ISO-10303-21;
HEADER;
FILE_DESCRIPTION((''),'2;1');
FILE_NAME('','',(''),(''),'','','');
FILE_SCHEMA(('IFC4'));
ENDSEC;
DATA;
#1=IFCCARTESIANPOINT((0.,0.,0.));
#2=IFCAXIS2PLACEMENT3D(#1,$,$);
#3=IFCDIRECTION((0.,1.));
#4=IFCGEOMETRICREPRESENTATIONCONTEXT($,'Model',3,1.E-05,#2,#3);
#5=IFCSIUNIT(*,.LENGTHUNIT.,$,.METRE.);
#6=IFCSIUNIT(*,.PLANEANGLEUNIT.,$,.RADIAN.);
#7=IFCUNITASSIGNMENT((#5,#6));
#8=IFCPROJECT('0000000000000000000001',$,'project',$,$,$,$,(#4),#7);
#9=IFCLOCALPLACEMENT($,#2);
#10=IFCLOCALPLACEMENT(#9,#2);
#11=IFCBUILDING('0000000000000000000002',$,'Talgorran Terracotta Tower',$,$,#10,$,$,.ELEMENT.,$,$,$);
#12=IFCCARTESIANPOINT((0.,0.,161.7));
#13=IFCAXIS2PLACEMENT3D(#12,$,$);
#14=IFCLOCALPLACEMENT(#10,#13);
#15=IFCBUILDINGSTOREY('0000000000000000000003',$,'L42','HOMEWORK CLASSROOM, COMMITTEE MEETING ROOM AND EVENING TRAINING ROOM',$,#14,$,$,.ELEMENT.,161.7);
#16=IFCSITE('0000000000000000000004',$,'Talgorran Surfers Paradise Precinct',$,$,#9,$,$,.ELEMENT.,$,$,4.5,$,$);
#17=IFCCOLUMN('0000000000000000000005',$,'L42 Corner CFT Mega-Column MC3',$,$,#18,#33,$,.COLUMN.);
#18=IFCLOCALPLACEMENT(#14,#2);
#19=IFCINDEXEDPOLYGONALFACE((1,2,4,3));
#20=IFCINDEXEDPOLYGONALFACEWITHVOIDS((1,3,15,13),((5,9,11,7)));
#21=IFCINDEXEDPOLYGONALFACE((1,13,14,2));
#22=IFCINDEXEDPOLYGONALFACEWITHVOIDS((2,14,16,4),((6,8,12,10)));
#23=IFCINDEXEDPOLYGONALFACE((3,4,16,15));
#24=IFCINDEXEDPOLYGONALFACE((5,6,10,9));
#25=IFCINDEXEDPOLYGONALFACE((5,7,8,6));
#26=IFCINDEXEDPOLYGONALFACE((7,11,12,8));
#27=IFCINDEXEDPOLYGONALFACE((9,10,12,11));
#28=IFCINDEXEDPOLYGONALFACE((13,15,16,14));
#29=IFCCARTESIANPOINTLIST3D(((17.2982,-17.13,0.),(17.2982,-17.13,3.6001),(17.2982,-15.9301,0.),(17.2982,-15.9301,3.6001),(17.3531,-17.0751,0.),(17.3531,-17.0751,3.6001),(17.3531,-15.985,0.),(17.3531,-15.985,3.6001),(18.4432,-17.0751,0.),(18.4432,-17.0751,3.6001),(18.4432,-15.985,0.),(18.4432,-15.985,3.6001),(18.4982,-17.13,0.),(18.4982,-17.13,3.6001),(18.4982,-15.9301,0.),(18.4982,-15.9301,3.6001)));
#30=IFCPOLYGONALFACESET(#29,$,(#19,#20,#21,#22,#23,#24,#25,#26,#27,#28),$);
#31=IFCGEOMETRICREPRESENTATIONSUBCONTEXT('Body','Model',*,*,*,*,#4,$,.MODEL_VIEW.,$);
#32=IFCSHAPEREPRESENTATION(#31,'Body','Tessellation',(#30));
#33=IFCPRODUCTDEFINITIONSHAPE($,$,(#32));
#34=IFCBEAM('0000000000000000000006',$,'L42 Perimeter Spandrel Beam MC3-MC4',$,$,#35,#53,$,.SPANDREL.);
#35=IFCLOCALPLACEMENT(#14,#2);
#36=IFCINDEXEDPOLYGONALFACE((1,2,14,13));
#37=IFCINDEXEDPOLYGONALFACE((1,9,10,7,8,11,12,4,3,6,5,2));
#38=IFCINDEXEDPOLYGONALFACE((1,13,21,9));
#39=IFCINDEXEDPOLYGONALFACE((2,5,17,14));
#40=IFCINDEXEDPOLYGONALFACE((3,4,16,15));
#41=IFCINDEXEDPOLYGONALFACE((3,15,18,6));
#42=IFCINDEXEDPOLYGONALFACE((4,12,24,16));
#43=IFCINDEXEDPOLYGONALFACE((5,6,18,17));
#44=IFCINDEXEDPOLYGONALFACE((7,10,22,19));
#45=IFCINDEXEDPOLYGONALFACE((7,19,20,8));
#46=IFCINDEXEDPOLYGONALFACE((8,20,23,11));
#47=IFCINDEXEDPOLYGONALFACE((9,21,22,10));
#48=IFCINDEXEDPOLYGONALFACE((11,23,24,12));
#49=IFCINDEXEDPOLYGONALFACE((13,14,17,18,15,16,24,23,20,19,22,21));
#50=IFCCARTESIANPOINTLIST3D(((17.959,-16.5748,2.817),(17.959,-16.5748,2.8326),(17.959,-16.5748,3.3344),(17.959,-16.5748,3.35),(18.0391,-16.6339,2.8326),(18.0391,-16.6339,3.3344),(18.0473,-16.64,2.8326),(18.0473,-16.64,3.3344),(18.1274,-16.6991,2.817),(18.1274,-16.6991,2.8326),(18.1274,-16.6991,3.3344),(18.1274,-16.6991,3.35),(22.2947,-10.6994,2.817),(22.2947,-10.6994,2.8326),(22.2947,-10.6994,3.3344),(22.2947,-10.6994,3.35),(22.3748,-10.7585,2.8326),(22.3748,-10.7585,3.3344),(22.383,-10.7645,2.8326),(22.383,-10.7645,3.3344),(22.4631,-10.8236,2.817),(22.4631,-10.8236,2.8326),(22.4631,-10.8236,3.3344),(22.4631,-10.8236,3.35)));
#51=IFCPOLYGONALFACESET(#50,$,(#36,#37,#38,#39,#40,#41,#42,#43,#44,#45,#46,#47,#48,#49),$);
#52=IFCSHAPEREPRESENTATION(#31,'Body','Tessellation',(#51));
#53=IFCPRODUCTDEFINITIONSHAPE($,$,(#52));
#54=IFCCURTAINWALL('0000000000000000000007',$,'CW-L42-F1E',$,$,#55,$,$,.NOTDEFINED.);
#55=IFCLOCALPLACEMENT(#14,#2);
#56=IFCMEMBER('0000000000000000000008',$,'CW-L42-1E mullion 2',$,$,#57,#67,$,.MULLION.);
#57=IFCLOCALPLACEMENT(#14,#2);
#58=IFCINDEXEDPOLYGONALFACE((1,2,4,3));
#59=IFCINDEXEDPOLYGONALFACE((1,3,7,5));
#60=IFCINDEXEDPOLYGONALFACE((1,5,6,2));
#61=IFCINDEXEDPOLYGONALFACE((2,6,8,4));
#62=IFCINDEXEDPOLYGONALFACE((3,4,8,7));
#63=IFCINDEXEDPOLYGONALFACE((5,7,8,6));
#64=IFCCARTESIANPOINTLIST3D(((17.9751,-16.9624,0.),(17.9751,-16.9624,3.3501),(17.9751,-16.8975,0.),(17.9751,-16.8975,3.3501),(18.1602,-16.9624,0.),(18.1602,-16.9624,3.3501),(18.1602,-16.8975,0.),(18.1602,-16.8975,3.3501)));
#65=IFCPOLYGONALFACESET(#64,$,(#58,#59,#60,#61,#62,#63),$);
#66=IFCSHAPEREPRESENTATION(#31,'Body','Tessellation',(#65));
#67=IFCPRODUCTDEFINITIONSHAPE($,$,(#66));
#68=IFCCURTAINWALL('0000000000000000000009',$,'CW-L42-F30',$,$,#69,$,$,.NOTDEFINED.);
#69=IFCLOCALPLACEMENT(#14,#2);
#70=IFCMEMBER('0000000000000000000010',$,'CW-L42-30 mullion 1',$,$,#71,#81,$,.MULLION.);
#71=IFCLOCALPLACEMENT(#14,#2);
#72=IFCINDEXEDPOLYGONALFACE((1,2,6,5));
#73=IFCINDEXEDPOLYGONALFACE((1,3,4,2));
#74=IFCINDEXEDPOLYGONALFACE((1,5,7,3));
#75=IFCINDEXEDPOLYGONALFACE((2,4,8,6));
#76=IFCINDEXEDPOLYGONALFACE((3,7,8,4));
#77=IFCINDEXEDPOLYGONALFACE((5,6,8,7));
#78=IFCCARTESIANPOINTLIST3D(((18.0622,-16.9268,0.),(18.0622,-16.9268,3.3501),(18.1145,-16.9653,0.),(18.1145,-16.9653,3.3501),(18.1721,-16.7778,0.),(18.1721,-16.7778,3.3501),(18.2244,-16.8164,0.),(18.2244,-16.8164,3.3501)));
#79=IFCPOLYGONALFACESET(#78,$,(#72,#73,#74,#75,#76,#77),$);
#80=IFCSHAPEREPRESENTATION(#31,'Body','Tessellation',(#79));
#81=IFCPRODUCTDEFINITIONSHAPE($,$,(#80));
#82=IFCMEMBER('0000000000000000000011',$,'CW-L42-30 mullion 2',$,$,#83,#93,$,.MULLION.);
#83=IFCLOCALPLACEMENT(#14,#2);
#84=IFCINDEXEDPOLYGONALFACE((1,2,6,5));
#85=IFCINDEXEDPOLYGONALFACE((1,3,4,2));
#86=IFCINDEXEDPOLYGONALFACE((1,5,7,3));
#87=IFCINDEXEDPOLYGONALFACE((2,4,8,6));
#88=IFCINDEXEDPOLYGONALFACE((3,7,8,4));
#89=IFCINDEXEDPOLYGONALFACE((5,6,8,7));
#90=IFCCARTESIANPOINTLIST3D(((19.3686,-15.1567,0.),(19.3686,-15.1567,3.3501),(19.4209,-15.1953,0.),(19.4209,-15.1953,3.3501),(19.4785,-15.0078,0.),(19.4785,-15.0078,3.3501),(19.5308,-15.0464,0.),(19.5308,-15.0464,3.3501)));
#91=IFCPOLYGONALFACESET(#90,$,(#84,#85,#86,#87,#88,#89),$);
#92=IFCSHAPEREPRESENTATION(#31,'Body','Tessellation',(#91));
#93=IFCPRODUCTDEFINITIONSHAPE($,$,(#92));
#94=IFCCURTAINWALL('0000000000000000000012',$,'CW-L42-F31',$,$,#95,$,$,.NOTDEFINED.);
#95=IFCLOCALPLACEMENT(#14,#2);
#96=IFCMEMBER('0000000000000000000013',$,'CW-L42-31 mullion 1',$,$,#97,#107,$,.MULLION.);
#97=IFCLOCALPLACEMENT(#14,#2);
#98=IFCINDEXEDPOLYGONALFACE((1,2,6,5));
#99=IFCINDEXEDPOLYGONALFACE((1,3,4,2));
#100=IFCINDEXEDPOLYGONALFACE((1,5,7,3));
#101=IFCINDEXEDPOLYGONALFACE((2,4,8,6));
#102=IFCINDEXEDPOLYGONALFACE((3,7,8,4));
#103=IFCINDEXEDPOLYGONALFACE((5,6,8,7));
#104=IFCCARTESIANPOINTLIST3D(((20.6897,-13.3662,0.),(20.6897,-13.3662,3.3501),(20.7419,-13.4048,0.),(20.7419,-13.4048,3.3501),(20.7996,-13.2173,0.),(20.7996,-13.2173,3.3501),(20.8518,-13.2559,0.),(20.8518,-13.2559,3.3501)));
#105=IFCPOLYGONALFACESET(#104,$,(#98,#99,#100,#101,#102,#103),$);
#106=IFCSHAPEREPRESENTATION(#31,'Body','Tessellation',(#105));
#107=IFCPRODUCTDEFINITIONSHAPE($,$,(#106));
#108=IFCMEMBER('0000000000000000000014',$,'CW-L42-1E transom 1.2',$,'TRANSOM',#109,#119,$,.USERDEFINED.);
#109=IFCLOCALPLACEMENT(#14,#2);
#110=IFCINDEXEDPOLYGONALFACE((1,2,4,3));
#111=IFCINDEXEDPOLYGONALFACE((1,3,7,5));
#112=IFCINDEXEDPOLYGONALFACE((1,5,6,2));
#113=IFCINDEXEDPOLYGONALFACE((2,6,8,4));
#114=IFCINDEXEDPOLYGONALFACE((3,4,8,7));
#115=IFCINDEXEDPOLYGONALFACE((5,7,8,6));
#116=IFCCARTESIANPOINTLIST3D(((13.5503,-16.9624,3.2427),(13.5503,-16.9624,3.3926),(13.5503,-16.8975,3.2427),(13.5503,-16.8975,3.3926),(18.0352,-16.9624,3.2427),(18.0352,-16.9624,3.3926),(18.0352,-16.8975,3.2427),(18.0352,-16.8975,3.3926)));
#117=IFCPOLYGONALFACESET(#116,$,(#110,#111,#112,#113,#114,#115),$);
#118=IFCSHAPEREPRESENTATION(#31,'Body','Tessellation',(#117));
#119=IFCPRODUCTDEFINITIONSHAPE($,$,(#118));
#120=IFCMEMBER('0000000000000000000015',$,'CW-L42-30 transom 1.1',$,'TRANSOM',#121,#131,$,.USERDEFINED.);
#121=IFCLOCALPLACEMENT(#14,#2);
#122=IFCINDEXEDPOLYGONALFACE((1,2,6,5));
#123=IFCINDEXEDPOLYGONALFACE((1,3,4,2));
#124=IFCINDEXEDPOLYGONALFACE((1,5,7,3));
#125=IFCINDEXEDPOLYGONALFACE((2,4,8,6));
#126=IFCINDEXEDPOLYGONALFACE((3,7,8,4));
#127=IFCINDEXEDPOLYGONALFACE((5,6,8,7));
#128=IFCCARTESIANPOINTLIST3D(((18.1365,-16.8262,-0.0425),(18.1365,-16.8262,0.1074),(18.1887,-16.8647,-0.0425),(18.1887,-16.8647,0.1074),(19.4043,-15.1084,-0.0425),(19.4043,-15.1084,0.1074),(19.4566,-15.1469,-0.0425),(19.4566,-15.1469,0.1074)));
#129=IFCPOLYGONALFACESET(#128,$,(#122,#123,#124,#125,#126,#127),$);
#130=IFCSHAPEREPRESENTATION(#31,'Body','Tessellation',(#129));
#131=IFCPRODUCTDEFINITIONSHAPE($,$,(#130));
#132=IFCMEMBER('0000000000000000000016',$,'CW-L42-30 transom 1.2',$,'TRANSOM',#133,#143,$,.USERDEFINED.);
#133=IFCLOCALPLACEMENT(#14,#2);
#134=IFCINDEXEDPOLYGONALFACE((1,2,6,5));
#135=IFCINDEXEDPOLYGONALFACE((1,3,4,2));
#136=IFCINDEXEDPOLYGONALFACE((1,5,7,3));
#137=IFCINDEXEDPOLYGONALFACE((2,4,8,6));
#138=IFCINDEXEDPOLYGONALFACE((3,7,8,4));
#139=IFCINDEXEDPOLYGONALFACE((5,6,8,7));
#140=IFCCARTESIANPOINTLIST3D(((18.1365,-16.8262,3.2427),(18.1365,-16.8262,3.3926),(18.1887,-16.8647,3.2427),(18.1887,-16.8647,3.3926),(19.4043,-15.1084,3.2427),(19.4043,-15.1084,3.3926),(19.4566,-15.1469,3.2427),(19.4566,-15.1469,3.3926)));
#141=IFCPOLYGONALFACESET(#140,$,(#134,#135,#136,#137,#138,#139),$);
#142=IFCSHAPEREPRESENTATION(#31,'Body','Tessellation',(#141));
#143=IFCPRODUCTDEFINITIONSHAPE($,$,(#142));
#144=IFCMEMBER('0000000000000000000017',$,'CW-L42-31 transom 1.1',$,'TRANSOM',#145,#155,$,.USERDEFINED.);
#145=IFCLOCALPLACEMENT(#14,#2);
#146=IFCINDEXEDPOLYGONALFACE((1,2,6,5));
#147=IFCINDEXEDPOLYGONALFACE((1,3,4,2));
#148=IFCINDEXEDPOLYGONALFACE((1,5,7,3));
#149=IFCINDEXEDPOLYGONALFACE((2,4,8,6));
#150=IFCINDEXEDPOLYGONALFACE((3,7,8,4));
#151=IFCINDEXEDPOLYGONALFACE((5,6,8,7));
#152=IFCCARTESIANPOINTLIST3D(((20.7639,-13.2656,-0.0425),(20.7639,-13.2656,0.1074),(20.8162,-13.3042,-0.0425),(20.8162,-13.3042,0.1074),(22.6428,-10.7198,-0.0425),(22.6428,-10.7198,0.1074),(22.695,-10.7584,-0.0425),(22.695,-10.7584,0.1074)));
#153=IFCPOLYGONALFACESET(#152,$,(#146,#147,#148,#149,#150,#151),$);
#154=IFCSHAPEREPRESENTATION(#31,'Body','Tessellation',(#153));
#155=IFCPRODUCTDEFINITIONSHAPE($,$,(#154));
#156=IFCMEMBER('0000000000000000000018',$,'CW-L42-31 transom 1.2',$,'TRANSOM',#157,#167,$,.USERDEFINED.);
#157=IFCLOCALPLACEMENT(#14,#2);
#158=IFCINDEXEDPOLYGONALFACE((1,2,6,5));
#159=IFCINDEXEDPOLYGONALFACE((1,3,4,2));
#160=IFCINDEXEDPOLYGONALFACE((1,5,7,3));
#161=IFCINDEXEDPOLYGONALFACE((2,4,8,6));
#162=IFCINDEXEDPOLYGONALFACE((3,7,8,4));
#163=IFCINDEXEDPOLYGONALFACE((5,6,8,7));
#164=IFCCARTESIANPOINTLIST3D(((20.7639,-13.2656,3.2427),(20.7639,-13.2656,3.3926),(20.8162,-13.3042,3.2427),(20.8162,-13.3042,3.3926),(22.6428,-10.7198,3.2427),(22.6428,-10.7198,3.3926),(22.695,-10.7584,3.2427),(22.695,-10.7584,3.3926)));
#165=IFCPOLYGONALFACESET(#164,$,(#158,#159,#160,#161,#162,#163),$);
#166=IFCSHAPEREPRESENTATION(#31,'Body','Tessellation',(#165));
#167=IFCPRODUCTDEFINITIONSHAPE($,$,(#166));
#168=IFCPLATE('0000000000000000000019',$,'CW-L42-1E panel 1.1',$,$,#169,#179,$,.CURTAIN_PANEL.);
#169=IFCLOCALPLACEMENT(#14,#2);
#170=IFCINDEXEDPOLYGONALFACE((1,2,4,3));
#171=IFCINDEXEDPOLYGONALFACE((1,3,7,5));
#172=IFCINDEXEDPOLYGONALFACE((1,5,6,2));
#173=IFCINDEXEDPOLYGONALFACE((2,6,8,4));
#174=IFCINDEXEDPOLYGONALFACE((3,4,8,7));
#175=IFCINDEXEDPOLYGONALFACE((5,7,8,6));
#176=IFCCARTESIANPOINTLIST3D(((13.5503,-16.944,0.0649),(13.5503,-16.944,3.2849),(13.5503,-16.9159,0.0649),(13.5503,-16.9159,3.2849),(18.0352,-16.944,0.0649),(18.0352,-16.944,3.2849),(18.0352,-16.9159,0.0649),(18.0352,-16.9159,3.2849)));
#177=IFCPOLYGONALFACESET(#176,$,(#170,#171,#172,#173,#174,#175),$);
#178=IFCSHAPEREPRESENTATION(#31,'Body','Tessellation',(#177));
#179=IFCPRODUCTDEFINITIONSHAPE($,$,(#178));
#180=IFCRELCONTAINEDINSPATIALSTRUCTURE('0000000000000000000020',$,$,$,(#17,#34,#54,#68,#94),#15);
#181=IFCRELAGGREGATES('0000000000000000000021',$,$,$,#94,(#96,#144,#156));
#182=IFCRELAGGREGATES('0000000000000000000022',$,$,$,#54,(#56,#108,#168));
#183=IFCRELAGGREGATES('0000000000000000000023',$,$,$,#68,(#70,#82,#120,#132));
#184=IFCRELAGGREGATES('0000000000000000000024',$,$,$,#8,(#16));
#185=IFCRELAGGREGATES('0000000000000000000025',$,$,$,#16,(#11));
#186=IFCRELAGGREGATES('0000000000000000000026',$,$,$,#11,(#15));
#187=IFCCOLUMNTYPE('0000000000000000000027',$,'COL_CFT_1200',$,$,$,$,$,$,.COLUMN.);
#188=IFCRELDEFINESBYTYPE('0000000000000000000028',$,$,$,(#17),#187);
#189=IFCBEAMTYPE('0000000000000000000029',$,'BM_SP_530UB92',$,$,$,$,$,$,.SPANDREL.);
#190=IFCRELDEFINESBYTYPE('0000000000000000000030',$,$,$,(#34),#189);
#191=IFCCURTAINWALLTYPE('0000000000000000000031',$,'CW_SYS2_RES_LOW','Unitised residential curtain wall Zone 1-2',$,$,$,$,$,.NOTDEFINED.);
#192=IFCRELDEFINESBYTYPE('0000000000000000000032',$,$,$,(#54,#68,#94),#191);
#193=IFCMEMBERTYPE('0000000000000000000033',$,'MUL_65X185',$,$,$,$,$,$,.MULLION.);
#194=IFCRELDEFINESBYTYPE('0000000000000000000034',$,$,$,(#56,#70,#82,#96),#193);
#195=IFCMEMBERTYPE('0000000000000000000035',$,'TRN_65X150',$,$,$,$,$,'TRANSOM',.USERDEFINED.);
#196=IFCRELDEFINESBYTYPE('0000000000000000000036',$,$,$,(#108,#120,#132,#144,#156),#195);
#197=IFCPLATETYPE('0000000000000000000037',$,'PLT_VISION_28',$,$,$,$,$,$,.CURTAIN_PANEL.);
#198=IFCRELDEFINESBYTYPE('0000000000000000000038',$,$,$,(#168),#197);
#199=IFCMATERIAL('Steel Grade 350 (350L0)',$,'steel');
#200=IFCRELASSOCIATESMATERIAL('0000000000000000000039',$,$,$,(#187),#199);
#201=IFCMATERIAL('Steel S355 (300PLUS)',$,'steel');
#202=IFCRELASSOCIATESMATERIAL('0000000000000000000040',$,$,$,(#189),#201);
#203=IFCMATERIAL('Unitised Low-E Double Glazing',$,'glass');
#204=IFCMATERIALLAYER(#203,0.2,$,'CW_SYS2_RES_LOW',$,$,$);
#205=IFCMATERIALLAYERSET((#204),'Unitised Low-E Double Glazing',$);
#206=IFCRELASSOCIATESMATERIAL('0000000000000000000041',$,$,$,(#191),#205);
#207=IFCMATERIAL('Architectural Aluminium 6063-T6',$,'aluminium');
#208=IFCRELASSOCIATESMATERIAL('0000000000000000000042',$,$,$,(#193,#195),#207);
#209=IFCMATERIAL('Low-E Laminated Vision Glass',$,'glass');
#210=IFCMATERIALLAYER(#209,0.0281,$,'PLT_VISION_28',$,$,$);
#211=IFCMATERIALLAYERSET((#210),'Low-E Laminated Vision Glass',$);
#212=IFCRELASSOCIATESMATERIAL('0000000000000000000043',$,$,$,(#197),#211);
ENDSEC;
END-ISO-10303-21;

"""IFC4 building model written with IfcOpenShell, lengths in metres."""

from ifc_helpers import new_model, si_unit, direction, frame, origin, origin_2d, place, context, subcontext, project, spatial, rectangle, hollow_rectangle, i_section, extrude, source, transform, mapped, material, layer, layer_set, material_profile, profile_set, type_object, element, aggregate, save


model = new_model("IFC4")

# Units and contexts
model_context = context("Model", 3, precision=1e-05, world=origin(), true_north=direction((0.0, 1.0)))
body_context = subcontext(model_context, "Body", "Model", "MODEL_VIEW")
ifc_project = project(units=[si_unit("LENGTHUNIT", "METRE"), si_unit("PLANEANGLEUNIT", "RADIAN")], contexts=[model_context])

# Site, building, storey
site_placement = place(None, origin())
site = spatial("IfcSite", under=ifc_project, at=site_placement, Name="Talgorran Surfers Paradise Precinct", CompositionType="ELEMENT", RefElevation=4.5)
building_placement = place(site_placement, origin())
building = spatial("IfcBuilding", under=site, at=building_placement, Name="Talgorran Terracotta Tower", CompositionType="ELEMENT")
storey_placement = place(building_placement, frame((0.0, 0.0, 161.7)))
storey = spatial("IfcBuildingStorey", under=building, at=storey_placement, Name="L42", Description="HOMEWORK CLASSROOM, COMMITTEE MEETING ROOM AND EVENING TRAINING ROOM", CompositionType="ELEMENT", Elevation=161.7)

# Column
ifc_material_1 = material(Name="Steel Grade 350 (350L0)", Category="steel")
ifc_material_profile_1 = material_profile(ifc_material_1, hollow_rectangle(XDim=1.2, YDim=1.2, WallThickness=0.0549, at=origin_2d()), Name="CFT1200X1200X55")
ifc_profile_set_1 = profile_set([ifc_material_profile_1], Name="Steel Grade 350 (350L0)")
column_type = type_object("IfcColumnType", Name="COL_CFT_1200", PredefinedType="COLUMN", material=ifc_profile_set_1)
column_placement = place(storey_placement, frame((17.8982, -16.53, 0.0), z_axis=(0.0, 0.0, 1.0), x_axis=(1.0, 0.0, 0.0)))
element("IfcColumn", 1, at=column_placement, inside=storey, type_object=column_type, Name="L42 Corner CFT Mega-Column MC3", PredefinedType="COLUMN", context=body_context, shape_type="SweptSolid", body=[
    extrude(hollow_rectangle(XDim=1.2, YDim=1.2, WallThickness=0.0549, at=origin_2d()), origin(), (0.0, 0.0, 1.0), 3.6001),
])

# Beam
ifc_material_2 = material(Name="Steel S355 (300PLUS)", Category="steel")
ifc_material_profile_2 = material_profile(ifc_material_2, i_section(OverallWidth=0.2092, OverallDepth=0.533, WebThickness=0.0103, FlangeThickness=0.0156, at=origin_2d()), Name="530UB92.4")
ifc_profile_set_2 = profile_set([ifc_material_profile_2], Name="Steel S355 (300PLUS)")
beam_type = type_object("IfcBeamType", Name="BM_SP_530UB92", PredefinedType="SPANDREL", material=ifc_profile_set_2)
beam_placement = place(storey_placement, frame((18.0432, -16.637, 3.0835), z_axis=(0.593766, 0.804638, 0.0), x_axis=(-0.804638, 0.593766, 0.0)))
element("IfcBeam", 2, at=beam_placement, inside=storey, type_object=beam_type, Name="L42 Perimeter Spandrel Beam MC3-MC4", PredefinedType="SPANDREL", context=body_context, shape_type="SweptSolid", body=[
    extrude(i_section(OverallWidth=0.2092, OverallDepth=0.533, WebThickness=0.0103, FlangeThickness=0.0156, at=origin_2d()), origin(), (0.0, 0.0, 1.0), 7.302),
])

# Curtain wall, member
ifc_material_3 = material(Name="Unitised Low-E Double Glazing", Category="glass")
ifc_layer_1 = layer(ifc_material_3, 0.2, Name="CW_SYS2_RES_LOW")
ifc_layer_set_1 = layer_set([ifc_layer_1], Name="Unitised Low-E Double Glazing")
curtain_wall_type = type_object("IfcCurtainWallType", Name="CW_SYS2_RES_LOW", Description="Unitised residential curtain wall Zone 1-2", PredefinedType="NOTDEFINED", material=ifc_layer_set_1)
curtain_wall_1_placement = place(storey_placement, origin())
curtain_wall_1 = element("IfcCurtainWall", 3, at=curtain_wall_1_placement, inside=storey, type_object=curtain_wall_type, Name="CW-L42-F1E", PredefinedType="NOTDEFINED")
ifc_material_4 = material(Name="Architectural Aluminium 6063-T6", Category="aluminium")
ifc_material_profile_3 = material_profile(ifc_material_4, rectangle(XDim=0.0649, YDim=0.1851, at=origin_2d()), Name="CWM65X185")
ifc_profile_set_3 = profile_set([ifc_material_profile_3], Name="Architectural Aluminium 6063-T6")
member_type_1 = type_object("IfcMemberType", Name="MUL_65X185", PredefinedType="MULLION", material=ifc_profile_set_3)
member_1_placement = place(storey_placement, frame((18.0676, -16.9299, 0.0), z_axis=(0.0, 0.0, 1.0), x_axis=(0.0, 1.0, 0.0)))
member_1 = element("IfcMember", 4, at=member_1_placement, type_object=member_type_1, Name="CW-L42-1E mullion 2", PredefinedType="MULLION", context=body_context, shape_type="SweptSolid", body=[
    extrude(rectangle(XDim=0.0649, YDim=0.1851, at=origin_2d()), origin(), (0.0, 0.0, 1.0), 3.3501),
])

# Curtain wall, members
curtain_wall_2_placement = place(storey_placement, origin())
curtain_wall_2 = element("IfcCurtainWall", 5, at=curtain_wall_2_placement, inside=storey, type_object=curtain_wall_type, Name="CW-L42-F30", PredefinedType="NOTDEFINED")
member_2_placement = place(storey_placement, frame((18.1433, -16.8716, 0.0), z_axis=(0.0, 0.0, 1.0), x_axis=(-0.804633, 0.593773, 0.0)))
member_2 = element("IfcMember", 6, at=member_2_placement, type_object=member_type_1, Name="CW-L42-30 mullion 1", PredefinedType="MULLION", context=body_context, shape_type="SweptSolid", body=[
    extrude(rectangle(XDim=0.0649, YDim=0.1851, at=origin_2d()), origin(), (0.0, 0.0, 1.0), 3.3501),
])
member_3_placement = place(storey_placement, frame((19.4497, -15.1016, 0.0), z_axis=(0.0, 0.0, 1.0), x_axis=(-0.804633, 0.593773, 0.0)))
member_3 = element("IfcMember", 7, at=member_3_placement, type_object=member_type_1, Name="CW-L42-30 mullion 2", PredefinedType="MULLION", context=body_context, shape_type="SweptSolid", body=[
    extrude(rectangle(XDim=0.0649, YDim=0.1851, at=origin_2d()), origin(), (0.0, 0.0, 1.0), 3.3501),
])

# Curtain wall, member
curtain_wall_3_placement = place(storey_placement, origin())
curtain_wall_3 = element("IfcCurtainWall", 8, at=curtain_wall_3_placement, inside=storey, type_object=curtain_wall_type, Name="CW-L42-F31", PredefinedType="NOTDEFINED")
member_4_placement = place(storey_placement, frame((20.7708, -13.311, 0.0), z_axis=(0.0, 0.0, 1.0), x_axis=(-0.804621, 0.593789, 0.0)))
member_4 = element("IfcMember", 9, at=member_4_placement, type_object=member_type_1, Name="CW-L42-31 mullion 1", PredefinedType="MULLION", context=body_context, shape_type="SweptSolid", body=[
    extrude(rectangle(XDim=0.0649, YDim=0.1851, at=origin_2d()), origin(), (0.0, 0.0, 1.0), 3.3501),
])

# Members
ifc_material_profile_4 = material_profile(ifc_material_4, rectangle(XDim=0.0649, YDim=0.1499, at=origin_2d()), Name="CWT65X150")
ifc_profile_set_4 = profile_set([ifc_material_profile_4], Name="Architectural Aluminium 6063-T6")
member_type_2 = type_object("IfcMemberType", Name="TRN_65X150", ElementType="TRANSOM", PredefinedType="USERDEFINED", material=ifc_profile_set_4)
member_5_placement = place(storey_placement, frame((13.5503, -16.9299, 3.3176), z_axis=(1.0, 0.0, 0.0), x_axis=(0.0, 1.0, 0.0)))
member_5 = element("IfcMember", 10, at=member_5_placement, type_object=member_type_2, Name="CW-L42-1E transom 1.2", ObjectType="TRANSOM", PredefinedType="USERDEFINED", context=body_context, shape_type="SweptSolid", body=[
    extrude(rectangle(XDim=0.0649, YDim=0.1499, at=origin_2d()), origin(), (0.0, 0.0, 1.0), 4.4849),
])
member_6_placement = place(storey_placement, frame((18.1626, -16.8455, 0.0325), z_axis=(0.593835, 0.804587, 0.0), x_axis=(-0.804587, 0.593835, 0.0)))
member_6 = element("IfcMember", 11, at=member_6_placement, type_object=member_type_2, Name="CW-L42-30 transom 1.1", ObjectType="TRANSOM", PredefinedType="USERDEFINED", context=body_context, shape_type="SweptSolid", body=[
    extrude(rectangle(XDim=0.0649, YDim=0.1499, at=origin_2d()), origin(), (0.0, 0.0, 1.0), 2.135),
])
member_7_placement = place(storey_placement, frame((18.1626, -16.8455, 3.3176), z_axis=(0.593835, 0.804587, 0.0), x_axis=(-0.804587, 0.593835, 0.0)))
member_7 = element("IfcMember", 12, at=member_7_placement, type_object=member_type_2, Name="CW-L42-30 transom 1.2", ObjectType="TRANSOM", PredefinedType="USERDEFINED", context=body_context, shape_type="SweptSolid", body=[
    extrude(rectangle(XDim=0.0649, YDim=0.1499, at=origin_2d()), origin(), (0.0, 0.0, 1.0), 2.135),
])
member_8_placement = place(storey_placement, frame((20.79, -13.2849, 0.0325), z_axis=(0.593809, 0.804606, 0.0), x_axis=(-0.804606, 0.593809, 0.0)))
member_8 = element("IfcMember", 13, at=member_8_placement, type_object=member_type_2, Name="CW-L42-31 transom 1.1", ObjectType="TRANSOM", PredefinedType="USERDEFINED", context=body_context, shape_type="SweptSolid", body=[
    extrude(rectangle(XDim=0.0649, YDim=0.1499, at=origin_2d()), origin(), (0.0, 0.0, 1.0), 3.1641),
])
member_9_placement = place(storey_placement, frame((20.79, -13.2849, 3.3176), z_axis=(0.593809, 0.804606, 0.0), x_axis=(-0.804606, 0.593809, 0.0)))
member_9 = element("IfcMember", 14, at=member_9_placement, type_object=member_type_2, Name="CW-L42-31 transom 1.2", ObjectType="TRANSOM", PredefinedType="USERDEFINED", context=body_context, shape_type="SweptSolid", body=[
    extrude(rectangle(XDim=0.0649, YDim=0.1499, at=origin_2d()), origin(), (0.0, 0.0, 1.0), 3.1641),
])
aggregate(curtain_wall_3, [member_4, member_8, member_9])

# Plate
ifc_material_5 = material(Name="Low-E Laminated Vision Glass", Category="glass")
ifc_layer_2 = layer(ifc_material_5, 0.0281, Name="PLT_VISION_28")
ifc_layer_set_2 = layer_set([ifc_layer_2], Name="Low-E Laminated Vision Glass")
plate_type = type_object("IfcPlateType", Name="PLT_VISION_28", PredefinedType="CURTAIN_PANEL", material=ifc_layer_set_2)
shared_shape_1 = source(origin(), body_context, "Body", "SweptSolid", [
    extrude(rectangle(XDim=4.4849, YDim=0.0281, at=origin_2d()), origin(), (0.0, 0.0, 1.0), 3.22),
])
plate_1_placement = place(storey_placement, frame((15.7927, -16.9299, 0.0649), z_axis=(0.0, 0.0, 1.0), x_axis=(1.0, 0.0, 0.0)))
plate_1 = element("IfcPlate", 15, at=plate_1_placement, type_object=plate_type, Name="CW-L42-1E panel 1.1", PredefinedType="CURTAIN_PANEL", context=body_context, shape_type="MappedRepresentation", body=[
    mapped(shared_shape_1, transform((0.0, 0.0, 0.0), scale=1.0)),
])
aggregate(curtain_wall_1, [member_1, member_5, plate_1])
aggregate(curtain_wall_2, [member_2, member_3, member_6, member_7])

save(model, "model.ifc")
